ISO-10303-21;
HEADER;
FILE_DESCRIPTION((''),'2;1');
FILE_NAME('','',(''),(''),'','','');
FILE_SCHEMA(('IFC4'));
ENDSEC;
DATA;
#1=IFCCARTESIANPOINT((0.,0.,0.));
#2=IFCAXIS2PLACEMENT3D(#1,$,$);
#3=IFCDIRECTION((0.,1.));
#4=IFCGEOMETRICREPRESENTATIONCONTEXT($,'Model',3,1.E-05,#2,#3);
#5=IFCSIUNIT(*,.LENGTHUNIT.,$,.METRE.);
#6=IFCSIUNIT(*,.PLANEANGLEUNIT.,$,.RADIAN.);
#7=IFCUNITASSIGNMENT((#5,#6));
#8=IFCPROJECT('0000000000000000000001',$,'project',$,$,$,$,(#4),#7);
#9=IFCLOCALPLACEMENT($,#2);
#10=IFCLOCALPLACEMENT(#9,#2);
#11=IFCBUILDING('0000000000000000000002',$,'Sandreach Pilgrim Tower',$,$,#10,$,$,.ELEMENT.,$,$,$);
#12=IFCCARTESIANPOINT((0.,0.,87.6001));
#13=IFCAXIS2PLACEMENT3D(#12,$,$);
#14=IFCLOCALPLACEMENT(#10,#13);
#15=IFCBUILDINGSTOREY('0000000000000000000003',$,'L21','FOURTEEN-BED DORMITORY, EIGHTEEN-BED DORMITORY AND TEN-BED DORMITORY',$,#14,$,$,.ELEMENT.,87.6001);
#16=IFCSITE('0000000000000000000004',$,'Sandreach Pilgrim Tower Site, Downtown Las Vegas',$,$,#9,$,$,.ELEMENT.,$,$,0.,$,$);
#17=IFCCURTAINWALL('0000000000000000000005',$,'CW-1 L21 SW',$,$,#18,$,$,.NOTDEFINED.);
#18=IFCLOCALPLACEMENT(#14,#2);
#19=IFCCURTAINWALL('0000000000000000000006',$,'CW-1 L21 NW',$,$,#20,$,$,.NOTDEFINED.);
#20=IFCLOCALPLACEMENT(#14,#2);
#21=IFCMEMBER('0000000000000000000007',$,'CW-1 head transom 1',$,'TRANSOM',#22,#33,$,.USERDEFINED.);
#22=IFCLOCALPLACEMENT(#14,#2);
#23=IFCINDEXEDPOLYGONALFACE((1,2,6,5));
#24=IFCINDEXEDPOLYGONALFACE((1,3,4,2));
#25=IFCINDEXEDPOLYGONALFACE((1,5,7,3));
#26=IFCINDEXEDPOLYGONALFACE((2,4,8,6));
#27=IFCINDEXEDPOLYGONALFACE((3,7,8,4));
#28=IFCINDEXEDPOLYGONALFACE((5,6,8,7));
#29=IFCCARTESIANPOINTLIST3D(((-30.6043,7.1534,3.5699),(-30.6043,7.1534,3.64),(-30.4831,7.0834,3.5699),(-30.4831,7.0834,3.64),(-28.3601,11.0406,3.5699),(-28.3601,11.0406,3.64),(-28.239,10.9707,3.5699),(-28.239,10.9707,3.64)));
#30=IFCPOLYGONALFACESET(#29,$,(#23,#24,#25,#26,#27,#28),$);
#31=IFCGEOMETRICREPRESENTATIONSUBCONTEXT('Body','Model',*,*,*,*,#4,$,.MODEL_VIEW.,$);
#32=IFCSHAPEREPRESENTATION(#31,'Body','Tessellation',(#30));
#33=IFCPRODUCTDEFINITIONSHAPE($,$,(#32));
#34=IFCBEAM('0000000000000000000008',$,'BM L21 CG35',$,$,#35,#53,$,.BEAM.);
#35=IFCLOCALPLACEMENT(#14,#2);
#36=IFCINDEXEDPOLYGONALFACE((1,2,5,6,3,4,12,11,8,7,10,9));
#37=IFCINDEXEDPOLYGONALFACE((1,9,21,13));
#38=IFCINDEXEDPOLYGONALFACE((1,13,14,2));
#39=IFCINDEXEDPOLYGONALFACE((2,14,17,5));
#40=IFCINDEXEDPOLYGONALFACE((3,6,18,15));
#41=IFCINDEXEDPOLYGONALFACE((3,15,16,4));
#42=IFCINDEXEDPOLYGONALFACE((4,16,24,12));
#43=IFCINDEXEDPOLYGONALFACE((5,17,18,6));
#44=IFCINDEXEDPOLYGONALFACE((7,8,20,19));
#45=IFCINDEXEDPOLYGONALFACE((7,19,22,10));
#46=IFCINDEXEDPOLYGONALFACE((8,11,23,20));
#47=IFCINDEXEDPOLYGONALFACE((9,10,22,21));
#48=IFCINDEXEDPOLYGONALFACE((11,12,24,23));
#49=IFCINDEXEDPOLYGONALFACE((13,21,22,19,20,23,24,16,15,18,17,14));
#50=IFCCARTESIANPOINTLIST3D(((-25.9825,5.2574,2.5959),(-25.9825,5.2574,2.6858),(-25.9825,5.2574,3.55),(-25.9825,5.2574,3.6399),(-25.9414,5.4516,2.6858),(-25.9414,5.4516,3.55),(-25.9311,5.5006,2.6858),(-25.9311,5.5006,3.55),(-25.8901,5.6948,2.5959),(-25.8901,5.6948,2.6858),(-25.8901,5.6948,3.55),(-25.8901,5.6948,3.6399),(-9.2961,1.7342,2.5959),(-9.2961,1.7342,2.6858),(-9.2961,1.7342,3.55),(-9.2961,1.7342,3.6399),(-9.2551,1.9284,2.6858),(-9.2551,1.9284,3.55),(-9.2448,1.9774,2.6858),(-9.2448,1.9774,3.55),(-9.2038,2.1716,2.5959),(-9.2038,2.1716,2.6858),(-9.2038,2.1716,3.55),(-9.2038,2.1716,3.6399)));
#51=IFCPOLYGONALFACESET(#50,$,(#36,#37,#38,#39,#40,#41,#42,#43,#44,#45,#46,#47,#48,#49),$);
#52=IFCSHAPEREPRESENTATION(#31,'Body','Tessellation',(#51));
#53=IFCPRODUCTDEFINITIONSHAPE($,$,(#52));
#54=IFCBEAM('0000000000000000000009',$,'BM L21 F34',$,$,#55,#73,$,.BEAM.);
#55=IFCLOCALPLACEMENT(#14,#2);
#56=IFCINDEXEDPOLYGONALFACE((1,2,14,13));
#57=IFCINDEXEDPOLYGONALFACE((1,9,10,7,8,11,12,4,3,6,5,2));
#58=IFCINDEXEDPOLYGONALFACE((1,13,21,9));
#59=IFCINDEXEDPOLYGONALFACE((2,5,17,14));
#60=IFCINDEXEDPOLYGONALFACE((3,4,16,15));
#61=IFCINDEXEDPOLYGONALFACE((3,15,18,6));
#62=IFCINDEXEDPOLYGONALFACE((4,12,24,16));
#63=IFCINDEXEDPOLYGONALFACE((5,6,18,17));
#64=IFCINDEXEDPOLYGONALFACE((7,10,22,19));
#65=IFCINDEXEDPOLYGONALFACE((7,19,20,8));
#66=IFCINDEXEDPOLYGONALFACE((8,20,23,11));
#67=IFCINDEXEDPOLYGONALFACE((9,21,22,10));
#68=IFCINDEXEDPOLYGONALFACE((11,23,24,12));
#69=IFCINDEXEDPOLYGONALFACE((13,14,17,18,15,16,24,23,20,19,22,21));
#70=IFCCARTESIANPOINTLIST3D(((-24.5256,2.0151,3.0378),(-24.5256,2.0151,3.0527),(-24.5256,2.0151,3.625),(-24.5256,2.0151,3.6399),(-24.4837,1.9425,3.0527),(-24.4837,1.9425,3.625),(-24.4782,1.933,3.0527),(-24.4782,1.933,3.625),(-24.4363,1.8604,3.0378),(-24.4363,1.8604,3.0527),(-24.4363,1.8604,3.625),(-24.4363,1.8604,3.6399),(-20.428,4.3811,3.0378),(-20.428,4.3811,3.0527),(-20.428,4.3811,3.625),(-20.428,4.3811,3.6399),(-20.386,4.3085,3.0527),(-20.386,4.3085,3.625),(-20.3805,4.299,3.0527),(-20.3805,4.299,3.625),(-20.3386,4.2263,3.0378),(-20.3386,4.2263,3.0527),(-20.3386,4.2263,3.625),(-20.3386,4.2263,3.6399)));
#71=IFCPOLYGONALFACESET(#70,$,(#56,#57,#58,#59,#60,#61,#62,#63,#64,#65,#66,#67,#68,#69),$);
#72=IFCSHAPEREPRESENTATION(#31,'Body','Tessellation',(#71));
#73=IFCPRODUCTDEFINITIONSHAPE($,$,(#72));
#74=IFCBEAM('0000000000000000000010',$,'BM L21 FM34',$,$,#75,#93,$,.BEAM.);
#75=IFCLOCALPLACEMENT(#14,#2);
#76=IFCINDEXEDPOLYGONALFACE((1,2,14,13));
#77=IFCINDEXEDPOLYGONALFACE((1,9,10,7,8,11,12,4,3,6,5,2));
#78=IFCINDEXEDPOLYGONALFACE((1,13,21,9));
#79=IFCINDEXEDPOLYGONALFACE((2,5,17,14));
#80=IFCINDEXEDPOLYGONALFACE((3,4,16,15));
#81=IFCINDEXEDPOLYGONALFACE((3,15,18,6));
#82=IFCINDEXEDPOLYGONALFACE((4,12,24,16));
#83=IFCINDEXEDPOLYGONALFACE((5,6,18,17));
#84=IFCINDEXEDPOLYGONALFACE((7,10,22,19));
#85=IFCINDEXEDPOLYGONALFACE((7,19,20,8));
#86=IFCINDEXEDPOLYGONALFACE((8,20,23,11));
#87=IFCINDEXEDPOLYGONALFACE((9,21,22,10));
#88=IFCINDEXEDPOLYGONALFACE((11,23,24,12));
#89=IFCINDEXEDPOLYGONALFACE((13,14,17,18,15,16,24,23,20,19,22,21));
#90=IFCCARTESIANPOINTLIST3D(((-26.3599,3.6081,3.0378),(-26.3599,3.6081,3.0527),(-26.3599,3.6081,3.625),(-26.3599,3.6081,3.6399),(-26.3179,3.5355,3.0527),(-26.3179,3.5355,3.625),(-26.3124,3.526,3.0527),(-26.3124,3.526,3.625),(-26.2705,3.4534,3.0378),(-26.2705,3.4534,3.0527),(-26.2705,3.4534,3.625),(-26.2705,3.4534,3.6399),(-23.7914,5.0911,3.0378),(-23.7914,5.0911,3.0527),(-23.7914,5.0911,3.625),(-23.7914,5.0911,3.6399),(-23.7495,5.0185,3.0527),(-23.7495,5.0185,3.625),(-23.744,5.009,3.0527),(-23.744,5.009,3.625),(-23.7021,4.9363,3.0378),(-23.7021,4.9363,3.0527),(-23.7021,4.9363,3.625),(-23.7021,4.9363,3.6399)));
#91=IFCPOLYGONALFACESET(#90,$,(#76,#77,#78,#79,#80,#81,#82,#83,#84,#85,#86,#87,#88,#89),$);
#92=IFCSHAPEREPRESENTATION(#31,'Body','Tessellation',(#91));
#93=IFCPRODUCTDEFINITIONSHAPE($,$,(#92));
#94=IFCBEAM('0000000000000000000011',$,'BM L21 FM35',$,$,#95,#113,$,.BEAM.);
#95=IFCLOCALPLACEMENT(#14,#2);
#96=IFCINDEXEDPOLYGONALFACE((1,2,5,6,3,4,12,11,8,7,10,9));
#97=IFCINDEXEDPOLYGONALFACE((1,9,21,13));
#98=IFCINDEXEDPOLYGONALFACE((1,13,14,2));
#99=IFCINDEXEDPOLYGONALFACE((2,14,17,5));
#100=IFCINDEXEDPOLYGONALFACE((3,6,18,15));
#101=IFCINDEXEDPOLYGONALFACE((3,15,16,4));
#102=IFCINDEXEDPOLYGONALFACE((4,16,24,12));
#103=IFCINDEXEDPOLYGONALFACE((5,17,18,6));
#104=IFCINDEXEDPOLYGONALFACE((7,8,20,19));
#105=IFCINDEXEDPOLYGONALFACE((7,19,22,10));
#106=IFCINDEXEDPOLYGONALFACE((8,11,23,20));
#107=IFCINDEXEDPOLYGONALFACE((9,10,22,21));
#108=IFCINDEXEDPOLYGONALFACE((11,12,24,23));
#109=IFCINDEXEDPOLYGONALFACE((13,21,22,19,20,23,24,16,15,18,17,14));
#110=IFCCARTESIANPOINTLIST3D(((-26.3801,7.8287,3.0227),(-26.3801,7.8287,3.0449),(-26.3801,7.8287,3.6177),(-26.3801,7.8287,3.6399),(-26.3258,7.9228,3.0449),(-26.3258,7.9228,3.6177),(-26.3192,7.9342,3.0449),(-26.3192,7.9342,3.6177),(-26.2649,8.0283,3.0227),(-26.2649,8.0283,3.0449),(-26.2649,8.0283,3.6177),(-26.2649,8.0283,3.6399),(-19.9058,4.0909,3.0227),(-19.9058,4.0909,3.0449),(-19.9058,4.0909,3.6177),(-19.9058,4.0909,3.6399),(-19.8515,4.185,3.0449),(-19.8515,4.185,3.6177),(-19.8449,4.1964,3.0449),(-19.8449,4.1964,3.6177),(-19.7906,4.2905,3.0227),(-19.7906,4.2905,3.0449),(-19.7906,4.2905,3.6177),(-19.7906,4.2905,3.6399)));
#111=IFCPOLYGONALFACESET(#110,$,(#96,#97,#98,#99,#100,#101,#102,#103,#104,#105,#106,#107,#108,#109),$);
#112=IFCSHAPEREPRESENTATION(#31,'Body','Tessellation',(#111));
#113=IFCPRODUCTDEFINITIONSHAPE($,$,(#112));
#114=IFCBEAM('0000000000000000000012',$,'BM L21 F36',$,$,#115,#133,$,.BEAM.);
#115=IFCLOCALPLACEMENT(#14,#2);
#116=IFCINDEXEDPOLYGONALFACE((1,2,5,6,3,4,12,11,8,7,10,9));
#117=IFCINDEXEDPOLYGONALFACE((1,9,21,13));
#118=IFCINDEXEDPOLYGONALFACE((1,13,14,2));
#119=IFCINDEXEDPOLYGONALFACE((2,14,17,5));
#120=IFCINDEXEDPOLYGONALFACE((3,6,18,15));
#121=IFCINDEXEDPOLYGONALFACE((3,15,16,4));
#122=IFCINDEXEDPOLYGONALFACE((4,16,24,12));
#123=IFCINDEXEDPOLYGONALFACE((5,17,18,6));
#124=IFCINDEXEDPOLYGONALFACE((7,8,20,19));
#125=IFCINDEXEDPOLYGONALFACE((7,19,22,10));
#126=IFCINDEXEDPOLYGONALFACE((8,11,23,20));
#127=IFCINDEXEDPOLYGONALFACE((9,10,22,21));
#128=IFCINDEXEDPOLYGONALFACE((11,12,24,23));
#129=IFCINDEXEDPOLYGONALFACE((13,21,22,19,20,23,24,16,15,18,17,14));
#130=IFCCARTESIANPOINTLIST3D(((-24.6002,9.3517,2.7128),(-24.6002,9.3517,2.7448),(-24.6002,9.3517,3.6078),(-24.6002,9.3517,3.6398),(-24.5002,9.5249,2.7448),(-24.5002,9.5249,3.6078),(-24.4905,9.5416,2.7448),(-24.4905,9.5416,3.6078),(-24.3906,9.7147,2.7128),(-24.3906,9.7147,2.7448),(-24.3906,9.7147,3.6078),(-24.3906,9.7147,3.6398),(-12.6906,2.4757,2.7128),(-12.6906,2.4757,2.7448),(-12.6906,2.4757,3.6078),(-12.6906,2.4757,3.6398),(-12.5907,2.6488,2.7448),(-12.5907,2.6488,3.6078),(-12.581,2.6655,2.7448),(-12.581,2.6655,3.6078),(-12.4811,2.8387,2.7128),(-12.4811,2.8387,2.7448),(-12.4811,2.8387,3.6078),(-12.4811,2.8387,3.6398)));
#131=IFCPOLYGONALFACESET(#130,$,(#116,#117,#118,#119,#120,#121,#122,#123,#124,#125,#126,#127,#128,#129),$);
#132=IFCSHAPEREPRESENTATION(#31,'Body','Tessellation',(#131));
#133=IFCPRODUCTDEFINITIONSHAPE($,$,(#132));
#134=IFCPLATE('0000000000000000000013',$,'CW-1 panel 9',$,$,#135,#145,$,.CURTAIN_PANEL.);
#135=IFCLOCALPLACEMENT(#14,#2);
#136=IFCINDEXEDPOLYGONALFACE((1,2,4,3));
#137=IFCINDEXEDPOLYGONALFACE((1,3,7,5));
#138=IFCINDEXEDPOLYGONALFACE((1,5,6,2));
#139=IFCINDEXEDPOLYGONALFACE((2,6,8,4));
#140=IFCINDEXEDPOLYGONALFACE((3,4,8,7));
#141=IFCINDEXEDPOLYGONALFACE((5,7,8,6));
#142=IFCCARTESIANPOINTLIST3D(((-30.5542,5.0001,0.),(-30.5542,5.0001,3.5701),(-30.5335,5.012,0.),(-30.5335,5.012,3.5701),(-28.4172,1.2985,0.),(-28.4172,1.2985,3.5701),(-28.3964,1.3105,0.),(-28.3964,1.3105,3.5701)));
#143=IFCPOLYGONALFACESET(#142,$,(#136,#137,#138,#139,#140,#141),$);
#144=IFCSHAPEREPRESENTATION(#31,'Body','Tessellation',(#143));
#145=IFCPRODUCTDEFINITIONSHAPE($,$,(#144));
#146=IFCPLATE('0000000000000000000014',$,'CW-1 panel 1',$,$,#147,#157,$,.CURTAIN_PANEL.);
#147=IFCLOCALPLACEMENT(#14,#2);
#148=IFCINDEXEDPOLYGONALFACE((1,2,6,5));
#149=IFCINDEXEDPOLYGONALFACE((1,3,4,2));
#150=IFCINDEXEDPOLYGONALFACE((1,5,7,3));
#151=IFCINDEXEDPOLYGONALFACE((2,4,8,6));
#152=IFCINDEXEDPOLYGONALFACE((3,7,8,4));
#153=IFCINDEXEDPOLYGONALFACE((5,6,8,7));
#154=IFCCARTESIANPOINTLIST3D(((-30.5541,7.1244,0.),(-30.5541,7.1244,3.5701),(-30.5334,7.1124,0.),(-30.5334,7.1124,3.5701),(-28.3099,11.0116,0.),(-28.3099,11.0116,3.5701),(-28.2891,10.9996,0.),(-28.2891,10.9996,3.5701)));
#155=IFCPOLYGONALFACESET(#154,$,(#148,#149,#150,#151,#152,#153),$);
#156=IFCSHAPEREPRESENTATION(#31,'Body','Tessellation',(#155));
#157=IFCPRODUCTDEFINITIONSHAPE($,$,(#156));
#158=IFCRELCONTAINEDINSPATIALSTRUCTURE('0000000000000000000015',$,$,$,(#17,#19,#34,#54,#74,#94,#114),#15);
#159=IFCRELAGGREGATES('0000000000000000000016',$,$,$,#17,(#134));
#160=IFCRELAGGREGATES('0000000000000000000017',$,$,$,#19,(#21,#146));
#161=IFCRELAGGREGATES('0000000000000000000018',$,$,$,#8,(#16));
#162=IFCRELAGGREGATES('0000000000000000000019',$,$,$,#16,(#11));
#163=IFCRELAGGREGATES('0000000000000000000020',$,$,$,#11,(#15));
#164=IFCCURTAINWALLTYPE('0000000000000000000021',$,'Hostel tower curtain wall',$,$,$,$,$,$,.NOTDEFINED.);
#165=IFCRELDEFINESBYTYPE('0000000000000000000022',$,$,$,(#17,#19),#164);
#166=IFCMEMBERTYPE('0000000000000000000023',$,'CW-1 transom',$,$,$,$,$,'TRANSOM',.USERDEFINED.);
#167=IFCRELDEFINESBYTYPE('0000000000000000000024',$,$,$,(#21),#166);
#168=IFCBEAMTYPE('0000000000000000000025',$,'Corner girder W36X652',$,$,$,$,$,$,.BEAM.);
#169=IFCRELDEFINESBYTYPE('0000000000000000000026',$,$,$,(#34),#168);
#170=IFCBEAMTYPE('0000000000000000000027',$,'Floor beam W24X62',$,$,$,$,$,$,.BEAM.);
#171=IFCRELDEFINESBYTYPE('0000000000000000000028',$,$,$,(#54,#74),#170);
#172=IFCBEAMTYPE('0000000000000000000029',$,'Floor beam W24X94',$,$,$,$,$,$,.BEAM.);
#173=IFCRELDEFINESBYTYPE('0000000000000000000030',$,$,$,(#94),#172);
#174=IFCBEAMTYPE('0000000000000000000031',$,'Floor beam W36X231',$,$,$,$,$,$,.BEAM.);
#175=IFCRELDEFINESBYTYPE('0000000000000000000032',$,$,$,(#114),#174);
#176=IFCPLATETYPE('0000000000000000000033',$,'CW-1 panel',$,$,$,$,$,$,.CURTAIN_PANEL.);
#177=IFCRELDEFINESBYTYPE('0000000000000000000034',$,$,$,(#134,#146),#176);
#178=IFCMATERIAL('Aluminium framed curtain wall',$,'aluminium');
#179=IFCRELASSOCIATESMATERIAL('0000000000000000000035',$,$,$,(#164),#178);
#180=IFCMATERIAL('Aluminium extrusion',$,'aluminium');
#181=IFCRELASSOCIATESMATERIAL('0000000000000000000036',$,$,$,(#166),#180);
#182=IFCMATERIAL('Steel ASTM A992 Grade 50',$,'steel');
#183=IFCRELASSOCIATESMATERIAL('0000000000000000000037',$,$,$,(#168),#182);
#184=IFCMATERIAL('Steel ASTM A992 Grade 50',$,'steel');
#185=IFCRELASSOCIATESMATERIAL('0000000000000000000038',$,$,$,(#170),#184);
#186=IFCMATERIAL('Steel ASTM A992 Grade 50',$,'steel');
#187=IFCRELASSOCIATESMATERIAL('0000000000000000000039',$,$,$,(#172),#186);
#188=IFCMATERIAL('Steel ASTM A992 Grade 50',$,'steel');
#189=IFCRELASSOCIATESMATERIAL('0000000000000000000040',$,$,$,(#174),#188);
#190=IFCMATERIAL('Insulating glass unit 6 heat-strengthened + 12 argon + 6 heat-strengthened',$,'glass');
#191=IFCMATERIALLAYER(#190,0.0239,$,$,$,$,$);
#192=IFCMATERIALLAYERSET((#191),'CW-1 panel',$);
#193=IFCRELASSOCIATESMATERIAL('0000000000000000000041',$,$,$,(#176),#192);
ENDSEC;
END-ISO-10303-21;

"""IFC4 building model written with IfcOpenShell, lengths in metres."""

from ifc_helpers import new_model, si_unit, direction, frame, origin, origin_2d, place, context, subcontext, project, spatial, rectangle, i_section, extrude, material, layer, layer_set, material_profile, profile_set, type_object, element, aggregate, save


model = new_model("IFC4")

# Units and contexts
model_context = context("Model", 3, precision=1e-05, world=origin(), true_north=direction((0.0, 1.0)))
body_context = subcontext(model_context, "Body", "Model", "MODEL_VIEW")
ifc_project = project(units=[si_unit("LENGTHUNIT", "METRE"), si_unit("PLANEANGLEUNIT", "RADIAN")], contexts=[model_context])

# Site, building, storey
site_placement = place(None, origin())
site = spatial("IfcSite", under=ifc_project, at=site_placement, Name="Sandreach Pilgrim Tower Site, Downtown Las Vegas", CompositionType="ELEMENT", RefElevation=0.0)
building_placement = place(site_placement, origin())
building = spatial("IfcBuilding", under=site, at=building_placement, Name="Sandreach Pilgrim Tower", CompositionType="ELEMENT")
storey_placement = place(building_placement, frame((0.0, 0.0, 87.6001)))
storey = spatial("IfcBuildingStorey", under=building, at=storey_placement, Name="L21", Description="FOURTEEN-BED DORMITORY, EIGHTEEN-BED DORMITORY AND TEN-BED DORMITORY", CompositionType="ELEMENT", Elevation=87.6001)

# Curtain walls
ifc_material_1 = material(Name="Aluminium framed curtain wall", Category="aluminium")
curtain_wall_type = type_object("IfcCurtainWallType", Name="Hostel tower curtain wall", PredefinedType="NOTDEFINED", material=ifc_material_1)
curtain_wall_1_placement = place(storey_placement, origin())
curtain_wall_1 = element("IfcCurtainWall", 1, at=curtain_wall_1_placement, inside=storey, type_object=curtain_wall_type, Name="CW-1 L21 SW", PredefinedType="NOTDEFINED")
curtain_wall_2_placement = place(storey_placement, origin())
curtain_wall_2 = element("IfcCurtainWall", 2, at=curtain_wall_2_placement, inside=storey, type_object=curtain_wall_type, Name="CW-1 L21 NW", PredefinedType="NOTDEFINED")

# Member
ifc_material_2 = material(Name="Aluminium extrusion", Category="aluminium")
ifc_material_profile_1 = material_profile(ifc_material_2, rectangle(XDim=0.1399, YDim=0.0701, at=origin_2d()), Name="CW-1T 140X70")
ifc_profile_set_1 = profile_set([ifc_material_profile_1], Name="Aluminium extrusion")
member_type_1 = type_object("IfcMemberType", Name="CW-1 transom", ElementType="TRANSOM", PredefinedType="USERDEFINED", material=ifc_profile_set_1)
member_1_placement = place(storey_placement, frame((-30.5437, 7.1184, 3.605), z_axis=(0.499977, 0.866039, 0.0), x_axis=(-0.866039, 0.499977, 0.0)))
member_1 = element("IfcMember", 3, at=member_1_placement, type_object=member_type_1, Name="CW-1 head transom 1", ObjectType="TRANSOM", PredefinedType="USERDEFINED", context=body_context, shape_type="SweptSolid", body=[
    extrude(rectangle(XDim=0.1399, YDim=0.0701, at=origin_2d()), origin(), (0.0, 0.0, 1.0), 4.4885),
])

# Beams
ifc_material_3 = material(Name="Steel ASTM A992 Grade 50", Category="steel")
ifc_material_profile_2 = material_profile(ifc_material_3, i_section(OverallWidth=0.447, OverallDepth=1.0439, WebThickness=0.05, FlangeThickness=0.0898, at=origin_2d()), Name="W36X652")
ifc_profile_set_2 = profile_set([ifc_material_profile_2], Name="Steel ASTM A992 Grade 50")
beam_type_1 = type_object("IfcBeamType", Name="Corner girder W36X652", PredefinedType="BEAM", material=ifc_profile_set_2)
beam_1_placement = place(storey_placement, frame((-25.9363, 5.4761, 3.1179), z_axis=(0.978428, -0.206588, 0.0), x_axis=(0.206588, 0.978428, 0.0)))
element("IfcBeam", 4, at=beam_1_placement, inside=storey, type_object=beam_type_1, Name="BM L21 CG35", PredefinedType="BEAM", context=body_context, shape_type="SweptSolid", body=[
    extrude(i_section(OverallWidth=0.447, OverallDepth=1.0439, WebThickness=0.05, FlangeThickness=0.0898, at=origin_2d()), origin(), (0.0, 0.0, 1.0), 17.0542),
])
ifc_material_4 = material(Name="Steel ASTM A992 Grade 50", Category="steel")
ifc_material_profile_3 = material_profile(ifc_material_4, i_section(OverallWidth=0.1787, OverallDepth=0.6021, WebThickness=0.011, FlangeThickness=0.0149, at=origin_2d()), Name="W24X62")
ifc_profile_set_3 = profile_set([ifc_material_profile_3], Name="Steel ASTM A992 Grade 50")
beam_type_2 = type_object("IfcBeamType", Name="Floor beam W24X62", PredefinedType="BEAM", material=ifc_profile_set_3)
beam_2_placement = place(storey_placement, frame((-24.481, 1.9377, 3.3389), z_axis=(0.866009, 0.500029, 0.0), x_axis=(-0.500029, 0.866009, 0.0)))
element("IfcBeam", 5, at=beam_2_placement, inside=storey, type_object=beam_type_2, Name="BM L21 F34", PredefinedType="BEAM", context=body_context, shape_type="SweptSolid", body=[
    extrude(i_section(OverallWidth=0.1787, OverallDepth=0.6021, WebThickness=0.011, FlangeThickness=0.0149, at=origin_2d()), origin(), (0.0, 0.0, 1.0), 4.7317),
])
beam_3_placement = place(storey_placement, frame((-26.3152, 3.5308, 3.3389), z_axis=(0.866016, 0.500017, 0.0), x_axis=(-0.500017, 0.866016, 0.0)))
element("IfcBeam", 6, at=beam_3_placement, inside=storey, type_object=beam_type_2, Name="BM L21 FM34", PredefinedType="BEAM", context=body_context, shape_type="SweptSolid", body=[
    extrude(i_section(OverallWidth=0.1787, OverallDepth=0.6021, WebThickness=0.011, FlangeThickness=0.0149, at=origin_2d()), origin(), (0.0, 0.0, 1.0), 2.9658),
])
ifc_material_5 = material(Name="Steel ASTM A992 Grade 50", Category="steel")
ifc_material_profile_4 = material_profile(ifc_material_5, i_section(OverallWidth=0.2305, OverallDepth=0.6172, WebThickness=0.0132, FlangeThickness=0.0222, at=origin_2d()), Name="W24X94")
ifc_profile_set_4 = profile_set([ifc_material_profile_4], Name="Steel ASTM A992 Grade 50")
beam_type_3 = type_object("IfcBeamType", Name="Floor beam W24X94", PredefinedType="BEAM", material=ifc_profile_set_4)
beam_4_placement = place(storey_placement, frame((-26.3225, 7.9285, 3.3313), z_axis=(0.866036, -0.499982, 0.0), x_axis=(0.499982, 0.866036, 0.0)))
element("IfcBeam", 7, at=beam_4_placement, inside=storey, type_object=beam_type_3, Name="BM L21 FM35", PredefinedType="BEAM", context=body_context, shape_type="SweptSolid", body=[
    extrude(i_section(OverallWidth=0.2305, OverallDepth=0.6172, WebThickness=0.0132, FlangeThickness=0.0222, at=origin_2d()), origin(), (0.0, 0.0, 1.0), 7.4758),
])
ifc_material_6 = material(Name="Steel ASTM A992 Grade 50", Category="steel")
ifc_material_profile_5 = material_profile(ifc_material_6, i_section(OverallWidth=0.4192, OverallDepth=0.927, WebThickness=0.0193, FlangeThickness=0.032, at=origin_2d()), Name="W36X231")
ifc_profile_set_5 = profile_set([ifc_material_profile_5], Name="Steel ASTM A992 Grade 50")
beam_type_4 = type_object("IfcBeamType", Name="Floor beam W36X231", PredefinedType="BEAM", material=ifc_profile_set_5)
beam_5_placement = place(storey_placement, frame((-24.4954, 9.5332, 3.1763), z_axis=(0.866023, -0.500004, 0.0), x_axis=(0.500004, 0.866023, 0.0)))
element("IfcBeam", 8, at=beam_5_placement, inside=storey, type_object=beam_type_4, Name="BM L21 F36", PredefinedType="BEAM", context=body_context, shape_type="SweptSolid", body=[
    extrude(i_section(OverallWidth=0.4192, OverallDepth=0.927, WebThickness=0.0193, FlangeThickness=0.032, at=origin_2d()), origin(), (0.0, 0.0, 1.0), 13.752),
])

# Plates
ifc_material_7 = material(Name="Insulating glass unit 6 heat-strengthened + 12 argon + 6 heat-strengthened", Category="glass")
ifc_layer_1 = layer(ifc_material_7, 0.0239)
ifc_layer_set_1 = layer_set([ifc_layer_1], Name="CW-1 panel")
plate_type = type_object("IfcPlateType", Name="CW-1 panel", PredefinedType="CURTAIN_PANEL", material=ifc_layer_set_1)
plate_1_placement = place(storey_placement, frame((-29.4753, 3.1553, 0.0), z_axis=(0.0, 0.0, 1.0), x_axis=(-0.5, 0.866025, 0.0)))
plate_1 = element("IfcPlate", 9, at=plate_1_placement, type_object=plate_type, Name="CW-1 panel 9", PredefinedType="CURTAIN_PANEL", context=body_context, shape_type="SweptSolid", body=[
    extrude(rectangle(XDim=4.2742, YDim=0.0239, at=origin_2d()), origin(), (0.0, 0.0, 1.0), 3.5701),
])
aggregate(curtain_wall_1, [plate_1])
plate_2_placement = place(storey_placement, frame((-29.4216, 9.062, 0.0), z_axis=(0.0, 0.0, 1.0), x_axis=(0.5, 0.866025, 0.0)))
plate_2 = element("IfcPlate", 10, at=plate_2_placement, type_object=plate_type, Name="CW-1 panel 1", PredefinedType="CURTAIN_PANEL", context=body_context, shape_type="SweptSolid", body=[
    extrude(rectangle(XDim=4.4885, YDim=0.0239, at=origin_2d()), origin(), (0.0, 0.0, 1.0), 3.5701),
])
aggregate(curtain_wall_2, [member_1, plate_2])

save(model, "model.ifc")
